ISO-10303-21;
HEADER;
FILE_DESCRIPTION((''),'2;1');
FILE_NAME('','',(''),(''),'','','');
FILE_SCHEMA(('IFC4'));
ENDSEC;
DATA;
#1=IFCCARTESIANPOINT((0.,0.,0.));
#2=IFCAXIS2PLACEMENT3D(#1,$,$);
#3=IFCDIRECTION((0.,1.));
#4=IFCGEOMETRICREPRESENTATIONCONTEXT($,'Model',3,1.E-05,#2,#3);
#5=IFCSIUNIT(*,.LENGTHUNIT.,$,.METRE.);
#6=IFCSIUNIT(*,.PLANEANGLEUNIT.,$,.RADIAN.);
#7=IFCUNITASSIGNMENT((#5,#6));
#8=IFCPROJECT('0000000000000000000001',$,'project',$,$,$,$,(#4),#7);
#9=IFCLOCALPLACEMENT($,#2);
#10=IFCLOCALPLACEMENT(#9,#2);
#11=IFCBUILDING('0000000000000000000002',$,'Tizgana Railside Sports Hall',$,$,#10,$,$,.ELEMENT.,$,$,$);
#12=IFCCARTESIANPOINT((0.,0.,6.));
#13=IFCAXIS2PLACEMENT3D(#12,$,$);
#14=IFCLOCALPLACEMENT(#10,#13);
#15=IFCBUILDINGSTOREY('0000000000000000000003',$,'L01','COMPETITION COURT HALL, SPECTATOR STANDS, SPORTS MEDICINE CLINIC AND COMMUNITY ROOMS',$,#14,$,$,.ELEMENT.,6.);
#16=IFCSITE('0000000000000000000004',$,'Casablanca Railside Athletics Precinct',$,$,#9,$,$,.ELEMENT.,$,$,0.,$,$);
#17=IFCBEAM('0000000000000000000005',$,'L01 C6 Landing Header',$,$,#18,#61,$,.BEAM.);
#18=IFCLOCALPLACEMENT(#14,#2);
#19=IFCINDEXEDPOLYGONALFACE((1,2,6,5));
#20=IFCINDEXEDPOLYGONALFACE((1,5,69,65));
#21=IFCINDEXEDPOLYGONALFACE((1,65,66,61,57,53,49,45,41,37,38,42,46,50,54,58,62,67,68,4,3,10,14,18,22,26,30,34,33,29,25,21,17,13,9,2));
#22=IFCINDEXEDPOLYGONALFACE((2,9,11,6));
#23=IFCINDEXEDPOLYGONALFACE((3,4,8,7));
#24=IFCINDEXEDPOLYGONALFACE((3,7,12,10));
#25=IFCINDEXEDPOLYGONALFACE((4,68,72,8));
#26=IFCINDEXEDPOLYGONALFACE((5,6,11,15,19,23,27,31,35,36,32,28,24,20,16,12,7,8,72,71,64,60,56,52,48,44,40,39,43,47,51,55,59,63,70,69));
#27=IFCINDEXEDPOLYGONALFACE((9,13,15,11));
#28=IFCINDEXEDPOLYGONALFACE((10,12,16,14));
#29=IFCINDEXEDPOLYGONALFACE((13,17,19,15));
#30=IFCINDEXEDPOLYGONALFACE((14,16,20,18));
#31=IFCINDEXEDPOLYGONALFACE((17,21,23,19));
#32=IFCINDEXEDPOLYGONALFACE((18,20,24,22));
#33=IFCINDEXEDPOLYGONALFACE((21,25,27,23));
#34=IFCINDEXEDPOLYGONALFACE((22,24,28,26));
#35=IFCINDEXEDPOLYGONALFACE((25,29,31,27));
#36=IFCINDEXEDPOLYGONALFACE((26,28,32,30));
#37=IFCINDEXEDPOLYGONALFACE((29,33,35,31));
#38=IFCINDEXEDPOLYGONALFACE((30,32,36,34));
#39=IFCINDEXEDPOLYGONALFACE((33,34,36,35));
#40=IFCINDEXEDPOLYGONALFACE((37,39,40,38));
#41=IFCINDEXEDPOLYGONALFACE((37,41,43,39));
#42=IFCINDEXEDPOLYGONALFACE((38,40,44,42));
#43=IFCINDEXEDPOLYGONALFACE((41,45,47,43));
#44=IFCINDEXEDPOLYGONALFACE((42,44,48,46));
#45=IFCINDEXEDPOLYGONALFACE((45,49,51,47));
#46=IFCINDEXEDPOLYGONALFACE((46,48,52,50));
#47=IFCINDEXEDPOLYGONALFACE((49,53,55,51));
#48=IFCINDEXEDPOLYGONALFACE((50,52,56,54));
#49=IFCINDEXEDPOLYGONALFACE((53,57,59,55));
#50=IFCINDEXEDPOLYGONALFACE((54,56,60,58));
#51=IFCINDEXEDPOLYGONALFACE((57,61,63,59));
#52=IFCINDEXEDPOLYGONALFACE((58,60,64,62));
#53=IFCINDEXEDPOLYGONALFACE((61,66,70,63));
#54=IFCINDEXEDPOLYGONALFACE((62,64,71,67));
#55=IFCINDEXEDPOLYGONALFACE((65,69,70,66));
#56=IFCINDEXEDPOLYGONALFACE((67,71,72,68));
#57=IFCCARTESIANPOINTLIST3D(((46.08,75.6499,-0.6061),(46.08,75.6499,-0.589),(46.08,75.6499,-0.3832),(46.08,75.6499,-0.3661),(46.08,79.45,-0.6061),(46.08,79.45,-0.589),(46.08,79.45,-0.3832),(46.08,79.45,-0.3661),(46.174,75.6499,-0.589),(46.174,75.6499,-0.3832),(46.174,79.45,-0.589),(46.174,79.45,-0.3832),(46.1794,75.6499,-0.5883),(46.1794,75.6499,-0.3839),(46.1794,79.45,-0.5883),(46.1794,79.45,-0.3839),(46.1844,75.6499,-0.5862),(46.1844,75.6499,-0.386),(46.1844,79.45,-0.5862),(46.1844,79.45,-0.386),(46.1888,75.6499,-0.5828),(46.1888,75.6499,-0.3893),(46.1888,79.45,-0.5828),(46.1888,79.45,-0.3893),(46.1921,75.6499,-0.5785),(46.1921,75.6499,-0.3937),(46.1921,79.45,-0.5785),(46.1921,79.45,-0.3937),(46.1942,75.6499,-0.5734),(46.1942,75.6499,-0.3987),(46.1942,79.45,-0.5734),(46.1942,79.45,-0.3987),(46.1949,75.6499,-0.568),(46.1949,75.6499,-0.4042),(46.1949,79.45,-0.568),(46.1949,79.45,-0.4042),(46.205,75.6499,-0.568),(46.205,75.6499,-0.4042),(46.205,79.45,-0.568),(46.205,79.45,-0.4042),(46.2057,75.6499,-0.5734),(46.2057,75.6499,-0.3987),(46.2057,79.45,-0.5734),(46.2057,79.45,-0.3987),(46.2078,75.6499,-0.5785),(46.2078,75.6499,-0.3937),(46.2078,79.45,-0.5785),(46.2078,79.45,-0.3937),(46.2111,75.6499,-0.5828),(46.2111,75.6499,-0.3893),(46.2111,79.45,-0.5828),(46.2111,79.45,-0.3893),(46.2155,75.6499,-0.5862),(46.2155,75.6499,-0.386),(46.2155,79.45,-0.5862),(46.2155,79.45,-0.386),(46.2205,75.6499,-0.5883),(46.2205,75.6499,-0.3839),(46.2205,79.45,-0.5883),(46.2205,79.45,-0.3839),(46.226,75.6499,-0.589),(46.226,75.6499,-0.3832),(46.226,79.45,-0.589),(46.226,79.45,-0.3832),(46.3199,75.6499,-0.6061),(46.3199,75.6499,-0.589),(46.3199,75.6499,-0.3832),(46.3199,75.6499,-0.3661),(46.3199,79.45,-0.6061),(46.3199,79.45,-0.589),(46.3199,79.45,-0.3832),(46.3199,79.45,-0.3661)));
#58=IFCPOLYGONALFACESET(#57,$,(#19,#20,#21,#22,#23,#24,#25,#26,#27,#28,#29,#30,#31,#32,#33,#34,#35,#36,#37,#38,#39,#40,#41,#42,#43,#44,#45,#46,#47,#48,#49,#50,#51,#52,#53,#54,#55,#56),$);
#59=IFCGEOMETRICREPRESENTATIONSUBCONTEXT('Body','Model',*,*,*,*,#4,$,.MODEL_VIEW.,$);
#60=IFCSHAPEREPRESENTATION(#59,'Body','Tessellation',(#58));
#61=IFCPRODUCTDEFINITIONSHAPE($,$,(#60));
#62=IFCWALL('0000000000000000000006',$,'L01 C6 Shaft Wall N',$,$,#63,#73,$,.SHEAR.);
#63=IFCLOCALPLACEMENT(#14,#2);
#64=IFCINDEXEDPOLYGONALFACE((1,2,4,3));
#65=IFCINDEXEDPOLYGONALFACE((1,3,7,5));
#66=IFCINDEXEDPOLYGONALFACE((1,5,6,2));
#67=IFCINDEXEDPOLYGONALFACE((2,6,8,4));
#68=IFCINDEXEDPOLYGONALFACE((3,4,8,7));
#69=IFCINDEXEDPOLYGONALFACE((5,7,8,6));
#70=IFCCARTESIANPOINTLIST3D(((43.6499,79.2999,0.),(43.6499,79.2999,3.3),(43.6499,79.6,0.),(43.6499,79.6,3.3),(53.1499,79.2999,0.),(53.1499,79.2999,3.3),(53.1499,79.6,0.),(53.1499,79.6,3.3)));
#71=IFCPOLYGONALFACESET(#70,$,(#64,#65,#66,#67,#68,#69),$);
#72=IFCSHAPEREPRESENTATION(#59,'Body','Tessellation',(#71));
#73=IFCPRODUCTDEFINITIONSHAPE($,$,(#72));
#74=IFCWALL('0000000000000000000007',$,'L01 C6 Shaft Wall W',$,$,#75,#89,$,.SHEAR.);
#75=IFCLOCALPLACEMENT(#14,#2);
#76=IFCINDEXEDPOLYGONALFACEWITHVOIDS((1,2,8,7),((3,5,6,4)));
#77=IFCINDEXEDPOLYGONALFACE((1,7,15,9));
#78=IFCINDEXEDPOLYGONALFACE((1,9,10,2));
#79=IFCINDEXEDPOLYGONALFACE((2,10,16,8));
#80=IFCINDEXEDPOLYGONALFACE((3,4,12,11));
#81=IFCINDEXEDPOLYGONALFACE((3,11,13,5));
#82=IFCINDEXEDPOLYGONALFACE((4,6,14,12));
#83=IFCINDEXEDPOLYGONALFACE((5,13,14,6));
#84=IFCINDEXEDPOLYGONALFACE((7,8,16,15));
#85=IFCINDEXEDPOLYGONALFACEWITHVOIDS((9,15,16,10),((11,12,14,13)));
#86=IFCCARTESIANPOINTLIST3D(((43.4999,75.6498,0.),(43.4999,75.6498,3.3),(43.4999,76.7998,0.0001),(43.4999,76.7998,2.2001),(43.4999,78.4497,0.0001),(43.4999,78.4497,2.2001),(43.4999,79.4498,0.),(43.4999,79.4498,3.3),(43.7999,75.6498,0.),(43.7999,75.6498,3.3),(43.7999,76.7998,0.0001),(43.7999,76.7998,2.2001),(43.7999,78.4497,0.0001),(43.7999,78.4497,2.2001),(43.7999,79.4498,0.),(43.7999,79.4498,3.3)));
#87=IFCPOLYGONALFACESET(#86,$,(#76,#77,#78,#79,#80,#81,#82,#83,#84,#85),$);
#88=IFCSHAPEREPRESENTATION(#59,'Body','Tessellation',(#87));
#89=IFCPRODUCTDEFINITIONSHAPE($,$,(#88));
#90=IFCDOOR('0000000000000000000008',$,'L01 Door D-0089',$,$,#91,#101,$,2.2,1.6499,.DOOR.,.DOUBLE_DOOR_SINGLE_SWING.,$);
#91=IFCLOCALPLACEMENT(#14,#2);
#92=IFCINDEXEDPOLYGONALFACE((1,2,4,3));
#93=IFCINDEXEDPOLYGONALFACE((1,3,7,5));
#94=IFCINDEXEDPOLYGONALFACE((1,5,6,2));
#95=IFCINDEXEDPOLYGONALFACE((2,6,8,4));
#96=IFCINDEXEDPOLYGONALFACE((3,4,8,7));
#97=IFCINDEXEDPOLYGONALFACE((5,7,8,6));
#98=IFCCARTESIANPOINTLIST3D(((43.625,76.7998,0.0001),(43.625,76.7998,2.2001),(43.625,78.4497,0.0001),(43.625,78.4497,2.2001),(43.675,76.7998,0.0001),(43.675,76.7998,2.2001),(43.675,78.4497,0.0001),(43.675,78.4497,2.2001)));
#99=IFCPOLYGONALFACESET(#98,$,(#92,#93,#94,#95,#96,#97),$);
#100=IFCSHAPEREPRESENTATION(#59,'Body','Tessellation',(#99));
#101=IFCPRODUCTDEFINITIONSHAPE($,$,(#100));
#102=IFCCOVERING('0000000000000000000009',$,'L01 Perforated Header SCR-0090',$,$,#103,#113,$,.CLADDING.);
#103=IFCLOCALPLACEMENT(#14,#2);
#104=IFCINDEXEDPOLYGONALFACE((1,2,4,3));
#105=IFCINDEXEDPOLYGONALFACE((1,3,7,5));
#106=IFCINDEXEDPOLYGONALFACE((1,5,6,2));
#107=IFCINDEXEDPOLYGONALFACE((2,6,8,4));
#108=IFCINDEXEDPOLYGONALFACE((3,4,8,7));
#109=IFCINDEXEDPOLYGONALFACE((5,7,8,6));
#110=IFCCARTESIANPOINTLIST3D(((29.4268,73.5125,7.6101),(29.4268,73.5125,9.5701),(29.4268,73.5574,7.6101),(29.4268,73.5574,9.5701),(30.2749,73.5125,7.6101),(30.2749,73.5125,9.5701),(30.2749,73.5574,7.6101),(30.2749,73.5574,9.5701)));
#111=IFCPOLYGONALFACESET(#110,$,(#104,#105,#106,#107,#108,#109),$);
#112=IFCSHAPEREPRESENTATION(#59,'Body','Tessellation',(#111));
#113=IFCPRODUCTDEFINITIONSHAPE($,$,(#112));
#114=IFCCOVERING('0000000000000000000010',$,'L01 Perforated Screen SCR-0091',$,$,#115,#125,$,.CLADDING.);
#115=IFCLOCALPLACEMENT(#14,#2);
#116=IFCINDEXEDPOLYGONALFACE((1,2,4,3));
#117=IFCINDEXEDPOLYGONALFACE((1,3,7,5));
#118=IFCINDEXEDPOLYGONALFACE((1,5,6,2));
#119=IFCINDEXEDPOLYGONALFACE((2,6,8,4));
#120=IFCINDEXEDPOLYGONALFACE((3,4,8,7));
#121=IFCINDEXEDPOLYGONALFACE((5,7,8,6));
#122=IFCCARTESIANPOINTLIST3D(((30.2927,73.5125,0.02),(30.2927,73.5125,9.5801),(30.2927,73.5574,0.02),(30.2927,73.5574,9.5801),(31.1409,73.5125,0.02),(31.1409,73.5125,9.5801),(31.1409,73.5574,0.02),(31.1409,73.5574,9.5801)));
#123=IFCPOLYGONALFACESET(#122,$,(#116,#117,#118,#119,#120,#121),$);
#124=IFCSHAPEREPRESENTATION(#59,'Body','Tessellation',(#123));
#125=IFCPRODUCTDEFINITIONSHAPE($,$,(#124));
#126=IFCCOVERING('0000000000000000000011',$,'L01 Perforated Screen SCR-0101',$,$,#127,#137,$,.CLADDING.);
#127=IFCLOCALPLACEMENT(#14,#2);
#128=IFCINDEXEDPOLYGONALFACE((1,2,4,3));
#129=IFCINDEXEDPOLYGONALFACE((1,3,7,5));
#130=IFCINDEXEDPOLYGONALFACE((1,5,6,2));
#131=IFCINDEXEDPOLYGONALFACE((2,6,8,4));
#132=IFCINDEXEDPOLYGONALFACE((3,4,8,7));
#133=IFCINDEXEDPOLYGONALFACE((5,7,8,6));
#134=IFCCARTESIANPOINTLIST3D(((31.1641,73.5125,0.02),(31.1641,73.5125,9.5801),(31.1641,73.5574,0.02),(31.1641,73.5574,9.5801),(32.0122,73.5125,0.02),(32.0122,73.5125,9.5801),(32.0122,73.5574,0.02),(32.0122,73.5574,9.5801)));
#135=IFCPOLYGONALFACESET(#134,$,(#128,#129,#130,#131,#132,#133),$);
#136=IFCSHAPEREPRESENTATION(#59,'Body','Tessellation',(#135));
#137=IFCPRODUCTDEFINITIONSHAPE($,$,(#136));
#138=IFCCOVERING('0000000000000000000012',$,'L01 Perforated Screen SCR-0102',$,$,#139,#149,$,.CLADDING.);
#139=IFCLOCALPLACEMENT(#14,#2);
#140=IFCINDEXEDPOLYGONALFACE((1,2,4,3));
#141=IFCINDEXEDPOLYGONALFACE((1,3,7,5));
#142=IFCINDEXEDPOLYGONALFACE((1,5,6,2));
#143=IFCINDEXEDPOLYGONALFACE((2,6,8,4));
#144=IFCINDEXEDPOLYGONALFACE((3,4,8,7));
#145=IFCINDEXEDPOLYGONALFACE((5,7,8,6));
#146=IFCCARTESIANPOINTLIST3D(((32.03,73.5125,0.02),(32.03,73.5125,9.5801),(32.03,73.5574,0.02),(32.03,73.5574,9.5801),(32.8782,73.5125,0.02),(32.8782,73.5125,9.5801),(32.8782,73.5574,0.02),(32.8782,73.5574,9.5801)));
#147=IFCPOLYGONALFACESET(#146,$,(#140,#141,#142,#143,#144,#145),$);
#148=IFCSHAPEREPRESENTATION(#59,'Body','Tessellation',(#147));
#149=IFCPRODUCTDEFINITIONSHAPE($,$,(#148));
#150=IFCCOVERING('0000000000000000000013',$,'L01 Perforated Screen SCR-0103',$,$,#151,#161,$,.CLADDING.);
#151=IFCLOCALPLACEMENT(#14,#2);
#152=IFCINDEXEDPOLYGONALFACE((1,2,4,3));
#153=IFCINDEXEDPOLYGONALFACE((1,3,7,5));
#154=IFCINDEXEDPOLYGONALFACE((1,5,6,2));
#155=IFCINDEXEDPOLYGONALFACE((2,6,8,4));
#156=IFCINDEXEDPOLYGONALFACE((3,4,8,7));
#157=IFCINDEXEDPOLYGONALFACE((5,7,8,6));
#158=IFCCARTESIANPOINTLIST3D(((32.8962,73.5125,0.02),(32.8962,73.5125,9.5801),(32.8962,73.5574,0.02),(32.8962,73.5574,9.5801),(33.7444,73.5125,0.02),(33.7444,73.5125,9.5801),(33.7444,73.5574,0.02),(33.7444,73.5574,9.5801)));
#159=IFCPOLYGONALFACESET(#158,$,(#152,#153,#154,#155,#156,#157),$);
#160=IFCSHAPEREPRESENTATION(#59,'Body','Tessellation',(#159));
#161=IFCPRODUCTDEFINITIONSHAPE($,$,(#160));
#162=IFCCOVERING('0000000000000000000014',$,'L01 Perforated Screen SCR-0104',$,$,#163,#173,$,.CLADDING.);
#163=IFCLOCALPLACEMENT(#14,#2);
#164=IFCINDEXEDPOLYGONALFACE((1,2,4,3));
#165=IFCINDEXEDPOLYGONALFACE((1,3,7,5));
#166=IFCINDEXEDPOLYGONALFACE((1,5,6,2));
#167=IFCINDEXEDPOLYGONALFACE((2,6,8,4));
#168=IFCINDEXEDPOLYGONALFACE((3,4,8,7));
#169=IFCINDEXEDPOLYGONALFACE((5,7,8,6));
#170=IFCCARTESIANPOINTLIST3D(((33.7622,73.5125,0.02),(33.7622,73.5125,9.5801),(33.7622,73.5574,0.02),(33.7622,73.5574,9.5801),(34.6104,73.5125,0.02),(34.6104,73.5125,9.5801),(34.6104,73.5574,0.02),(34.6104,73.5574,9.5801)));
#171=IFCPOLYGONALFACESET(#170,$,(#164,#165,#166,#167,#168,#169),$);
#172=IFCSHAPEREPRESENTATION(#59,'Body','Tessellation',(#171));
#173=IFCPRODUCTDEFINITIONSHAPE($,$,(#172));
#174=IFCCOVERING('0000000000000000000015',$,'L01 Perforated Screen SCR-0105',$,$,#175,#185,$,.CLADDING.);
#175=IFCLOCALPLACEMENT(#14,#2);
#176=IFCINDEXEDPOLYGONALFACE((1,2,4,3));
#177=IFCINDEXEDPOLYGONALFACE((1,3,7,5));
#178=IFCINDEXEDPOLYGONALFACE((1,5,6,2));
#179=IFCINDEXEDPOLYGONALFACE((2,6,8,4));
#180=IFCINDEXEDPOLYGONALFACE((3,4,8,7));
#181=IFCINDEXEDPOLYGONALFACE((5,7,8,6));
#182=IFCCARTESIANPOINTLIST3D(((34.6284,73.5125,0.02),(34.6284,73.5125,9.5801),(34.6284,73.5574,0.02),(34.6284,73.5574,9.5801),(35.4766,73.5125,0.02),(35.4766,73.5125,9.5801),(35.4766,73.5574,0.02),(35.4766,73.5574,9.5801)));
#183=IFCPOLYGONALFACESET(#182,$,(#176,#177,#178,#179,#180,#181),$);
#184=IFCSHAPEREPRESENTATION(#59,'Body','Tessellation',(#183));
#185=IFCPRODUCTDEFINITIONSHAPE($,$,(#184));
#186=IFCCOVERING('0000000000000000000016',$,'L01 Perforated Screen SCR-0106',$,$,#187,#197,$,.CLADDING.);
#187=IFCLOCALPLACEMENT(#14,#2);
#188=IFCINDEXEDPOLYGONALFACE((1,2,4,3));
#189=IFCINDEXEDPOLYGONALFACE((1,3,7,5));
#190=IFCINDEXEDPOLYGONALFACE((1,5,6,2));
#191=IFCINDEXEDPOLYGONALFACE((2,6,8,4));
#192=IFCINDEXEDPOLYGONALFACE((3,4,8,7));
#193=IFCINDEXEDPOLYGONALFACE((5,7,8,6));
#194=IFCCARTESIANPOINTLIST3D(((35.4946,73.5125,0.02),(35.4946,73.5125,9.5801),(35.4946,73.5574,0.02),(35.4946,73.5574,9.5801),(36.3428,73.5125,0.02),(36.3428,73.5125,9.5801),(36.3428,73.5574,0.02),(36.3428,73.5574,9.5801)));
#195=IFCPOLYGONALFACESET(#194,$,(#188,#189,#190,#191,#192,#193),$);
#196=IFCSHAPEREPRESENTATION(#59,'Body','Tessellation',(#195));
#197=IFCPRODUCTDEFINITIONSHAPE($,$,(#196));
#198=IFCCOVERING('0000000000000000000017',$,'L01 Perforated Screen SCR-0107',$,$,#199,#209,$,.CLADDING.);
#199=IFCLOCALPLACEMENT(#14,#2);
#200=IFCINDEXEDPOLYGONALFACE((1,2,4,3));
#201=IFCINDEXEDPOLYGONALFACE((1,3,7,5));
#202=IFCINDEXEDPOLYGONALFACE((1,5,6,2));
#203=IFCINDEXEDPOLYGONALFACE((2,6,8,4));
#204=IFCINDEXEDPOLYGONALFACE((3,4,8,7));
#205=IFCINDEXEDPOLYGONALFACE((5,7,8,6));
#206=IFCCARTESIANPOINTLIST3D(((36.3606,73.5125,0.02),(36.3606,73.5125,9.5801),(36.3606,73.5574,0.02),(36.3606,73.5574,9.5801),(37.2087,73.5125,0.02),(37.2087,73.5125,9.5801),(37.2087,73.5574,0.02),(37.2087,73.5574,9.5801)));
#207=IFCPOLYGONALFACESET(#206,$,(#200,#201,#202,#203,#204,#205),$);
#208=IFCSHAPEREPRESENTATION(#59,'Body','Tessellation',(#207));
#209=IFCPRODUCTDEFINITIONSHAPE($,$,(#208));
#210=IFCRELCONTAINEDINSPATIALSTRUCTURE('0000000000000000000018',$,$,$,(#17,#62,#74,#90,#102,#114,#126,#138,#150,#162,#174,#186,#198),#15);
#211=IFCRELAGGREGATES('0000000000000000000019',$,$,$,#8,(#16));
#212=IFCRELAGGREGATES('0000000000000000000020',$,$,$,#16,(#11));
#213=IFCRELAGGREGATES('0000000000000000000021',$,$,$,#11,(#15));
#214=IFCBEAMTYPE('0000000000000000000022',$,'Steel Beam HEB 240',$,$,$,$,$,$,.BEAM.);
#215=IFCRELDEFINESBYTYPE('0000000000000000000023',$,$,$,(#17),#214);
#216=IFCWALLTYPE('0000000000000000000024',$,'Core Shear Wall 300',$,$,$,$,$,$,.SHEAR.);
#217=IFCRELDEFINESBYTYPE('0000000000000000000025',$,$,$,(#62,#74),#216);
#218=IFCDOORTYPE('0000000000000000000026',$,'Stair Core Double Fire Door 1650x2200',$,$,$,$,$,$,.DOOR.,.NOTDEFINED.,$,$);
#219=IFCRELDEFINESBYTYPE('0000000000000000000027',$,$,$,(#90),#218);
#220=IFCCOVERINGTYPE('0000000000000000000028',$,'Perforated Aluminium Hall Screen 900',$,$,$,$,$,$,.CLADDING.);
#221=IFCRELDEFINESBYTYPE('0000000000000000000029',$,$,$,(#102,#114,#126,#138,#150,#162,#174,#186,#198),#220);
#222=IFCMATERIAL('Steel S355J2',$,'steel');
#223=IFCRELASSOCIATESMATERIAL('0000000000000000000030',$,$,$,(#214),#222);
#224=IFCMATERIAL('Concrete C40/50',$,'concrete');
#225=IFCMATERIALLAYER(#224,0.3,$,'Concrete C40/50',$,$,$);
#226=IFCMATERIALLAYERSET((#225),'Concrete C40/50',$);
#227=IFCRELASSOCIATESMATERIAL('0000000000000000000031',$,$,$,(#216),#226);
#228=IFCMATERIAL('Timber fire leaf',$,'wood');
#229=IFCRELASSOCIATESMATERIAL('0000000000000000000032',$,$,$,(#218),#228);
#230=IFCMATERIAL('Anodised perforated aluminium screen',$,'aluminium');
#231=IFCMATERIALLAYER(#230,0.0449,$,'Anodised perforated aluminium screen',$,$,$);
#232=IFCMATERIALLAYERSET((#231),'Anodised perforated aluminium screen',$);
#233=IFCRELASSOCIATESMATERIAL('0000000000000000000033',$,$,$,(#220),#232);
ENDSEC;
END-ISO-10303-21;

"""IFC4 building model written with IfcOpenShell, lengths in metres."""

from ifc_helpers import new_model, si_unit, direction, frame, frame_2d, origin, origin_2d, place, context, subcontext, project, spatial, rectangle, i_section, extrude, material, layer, layer_set, material_profile, profile_set, type_object, element, fill, save


model = new_model("IFC4")

# Units and contexts
model_context = context("Model", 3, precision=1e-05, world=origin(), true_north=direction((0.0, 1.0)))
body_context = subcontext(model_context, "Body", "Model", "MODEL_VIEW")
ifc_project = project(units=[si_unit("LENGTHUNIT", "METRE"), si_unit("PLANEANGLEUNIT", "RADIAN")], contexts=[model_context])

# Site, building, storey
site_placement = place(None, origin())
site = spatial("IfcSite", under=ifc_project, at=site_placement, Name="Casablanca Railside Athletics Precinct", CompositionType="ELEMENT", RefElevation=0.0)
building_placement = place(site_placement, origin())
building = spatial("IfcBuilding", under=site, at=building_placement, Name="Tizgana Railside Sports Hall", CompositionType="ELEMENT")
storey_placement = place(building_placement, frame((0.0, 0.0, 6.0)))
storey = spatial("IfcBuildingStorey", under=building, at=storey_placement, Name="L01", Description="COMPETITION COURT HALL, SPECTATOR STANDS, SPORTS MEDICINE CLINIC AND COMMUNITY ROOMS", CompositionType="ELEMENT", Elevation=6.0)

# Beam
ifc_material_1 = material(Name="Steel S355J2", Category="steel")
ifc_material_profile = material_profile(ifc_material_1, i_section(OverallWidth=0.24, OverallDepth=0.24, WebThickness=0.01, FlangeThickness=0.0171, FilletRadius=0.021, at=origin_2d()), Name="HEB 240")
ifc_profile_set = profile_set([ifc_material_profile], Name="Steel S355J2")
beam_type = type_object("IfcBeamType", Name="Steel Beam HEB 240", PredefinedType="BEAM", material=ifc_profile_set)
beam_placement = place(storey_placement, frame((46.2, 75.6499, -0.4861), z_axis=(0.0, 1.0, 0.0), x_axis=(-1.0, 0.0, 0.0)))
element("IfcBeam", 1, at=beam_placement, inside=storey, type_object=beam_type, Name="L01 C6 Landing Header", PredefinedType="BEAM", context=body_context, shape_type="SweptSolid", body=[
    extrude(i_section(OverallWidth=0.24, OverallDepth=0.24, WebThickness=0.01, FlangeThickness=0.0171, FilletRadius=0.021, at=origin_2d()), origin(), (0.0, 0.0, 1.0), 3.8),
])

# Wall
ifc_material_2 = material(Name="Concrete C40/50", Category="concrete")
ifc_layer_1 = layer(ifc_material_2, 0.3, Name="Concrete C40/50")
ifc_layer_set_1 = layer_set([ifc_layer_1], Name="Concrete C40/50")
wall_type = type_object("IfcWallType", Name="Core Shear Wall 300", PredefinedType="SHEAR", material=ifc_layer_set_1)
wall_1_placement = place(storey_placement, frame((43.6499, 79.45, 0.0), z_axis=(0.0, 0.0, 1.0), x_axis=(1.0, 0.0, 0.0)))
element("IfcWall", 2, at=wall_1_placement, inside=storey, type_object=wall_type, Name="L01 C6 Shaft Wall N", PredefinedType="SHEAR", context=body_context, shape_type="SweptSolid", body=[
    extrude(rectangle(XDim=9.5, YDim=0.3, at=frame_2d((4.75, 0.0))), origin(), (0.0, 0.0, 1.0), 3.3),
])

# Wall, opening, door
wall_2_placement = place(storey_placement, frame((43.6499, 75.6499, 0.0), z_axis=(0.0, 0.0, 1.0), x_axis=(0.0, 1.0, 0.0)))
wall_2 = element("IfcWall", 3, at=wall_2_placement, inside=storey, type_object=wall_type, Name="L01 C6 Shaft Wall W", PredefinedType="SHEAR", context=body_context, shape_type="SweptSolid", body=[
    extrude(rectangle(XDim=3.8, YDim=0.3, at=frame_2d((1.8999, 0.0))), origin(), (0.0, 0.0, 1.0), 3.3),
])
opening_placement = place(wall_2_placement, frame((1.1499, 0.0, 0.0)))
opening = element("IfcOpeningElement", 4, at=opening_placement, cuts=wall_2, PredefinedType="OPENING", context=body_context, shape_type="SweptSolid", body=[
    extrude(rectangle(XDim=1.6499, YDim=2.2, at=frame_2d((0.825, 1.1001))), frame((0.0, 0.1599, 0.0), z_axis=(0.0, -1.0, 0.0), x_axis=(1.0, 0.0, 0.0)), (0.0, 0.0, 1.0), 0.3201),
])
ifc_material_3 = material(Name="Timber fire leaf", Category="wood")
door_type = type_object("IfcDoorType", Name="Stair Core Double Fire Door 1650x2200", OperationType="NOTDEFINED", PredefinedType="DOOR", material=ifc_material_3)
door_placement = place(opening_placement, origin())
door = element("IfcDoor", 5, at=door_placement, inside=storey, type_object=door_type, Name="L01 Door D-0089", OperationType="DOUBLE_DOOR_SINGLE_SWING", OverallHeight=2.2, OverallWidth=1.6499, PredefinedType="DOOR", context=body_context, shape_type="SweptSolid", body=[
    extrude(rectangle(XDim=1.6499, YDim=2.2, at=frame_2d((0.825, 1.1001))), frame((0.0, 0.0249, 0.0), z_axis=(0.0, -1.0, 0.0), x_axis=(1.0, 0.0, 0.0)), (0.0, 0.0, 1.0), 0.05),
])
fill(opening, door)

# Coverings
ifc_material_4 = material(Name="Anodised perforated aluminium screen", Category="aluminium")
ifc_layer_2 = layer(ifc_material_4, 0.0449, Name="Anodised perforated aluminium screen")
ifc_layer_set_2 = layer_set([ifc_layer_2], Name="Anodised perforated aluminium screen")
covering_type = type_object("IfcCoveringType", Name="Perforated Aluminium Hall Screen 900", PredefinedType="CLADDING", material=ifc_layer_set_2)
covering_1_placement = place(storey_placement, frame((29.8508, 73.5349, 7.6101), z_axis=(0.0, 0.0, 1.0), x_axis=(1.0, 0.0, 0.0)))
element("IfcCovering", 6, at=covering_1_placement, inside=storey, type_object=covering_type, Name="L01 Perforated Header SCR-0090", PredefinedType="CLADDING", context=body_context, shape_type="SweptSolid", body=[
    extrude(rectangle(XDim=0.8481, YDim=0.0449, at=origin_2d()), origin(), (0.0, 0.0, 1.0), 1.96),
])
for number, where, z_axis, x_axis, name in (
    (7, (30.7168, 73.5349, 0.02), (0.0, 0.0, 1.0), (1.0, 0.0, 0.0), "L01 Perforated Screen SCR-0091"),
    (8, (31.5881, 73.5349, 0.02), (0.0, 0.0, 1.0), (1.0, 0.0, 0.0), "L01 Perforated Screen SCR-0101"),
    (9, (32.4541, 73.5349, 0.02), (0.0, 0.0, 1.0), (1.0, 0.0, 0.0), "L01 Perforated Screen SCR-0102"),
    (10, (33.3203, 73.5349, 0.02), (0.0, 0.0, 1.0), (1.0, 0.0, 0.0), "L01 Perforated Screen SCR-0103"),
    (11, (34.1863, 73.5349, 0.02), (0.0, 0.0, 1.0), (1.0, 0.0, 0.0), "L01 Perforated Screen SCR-0104"),
    (12, (35.0525, 73.5349, 0.02), (0.0, 0.0, 1.0), (1.0, 0.0, 0.0), "L01 Perforated Screen SCR-0105"),
    (13, (35.9187, 73.5349, 0.02), (0.0, 0.0, 1.0), (1.0, 0.0, 0.0), "L01 Perforated Screen SCR-0106"),
    (14, (36.7847, 73.5349, 0.02), (0.0, 0.0, 1.0), (1.0, 0.0, 0.0), "L01 Perforated Screen SCR-0107"),
):
    element("IfcCovering", number, at=place(storey_placement, frame(where, z_axis=z_axis, x_axis=x_axis)), inside=storey, type_object=covering_type, Name=name, PredefinedType="CLADDING", context=body_context, shape_type="SweptSolid", body=[
        extrude(rectangle(XDim=0.8481, YDim=0.0449, at=origin_2d()), origin(), (0.0, 0.0, 1.0), 9.5601),
    ])

save(model, "model.ifc")
